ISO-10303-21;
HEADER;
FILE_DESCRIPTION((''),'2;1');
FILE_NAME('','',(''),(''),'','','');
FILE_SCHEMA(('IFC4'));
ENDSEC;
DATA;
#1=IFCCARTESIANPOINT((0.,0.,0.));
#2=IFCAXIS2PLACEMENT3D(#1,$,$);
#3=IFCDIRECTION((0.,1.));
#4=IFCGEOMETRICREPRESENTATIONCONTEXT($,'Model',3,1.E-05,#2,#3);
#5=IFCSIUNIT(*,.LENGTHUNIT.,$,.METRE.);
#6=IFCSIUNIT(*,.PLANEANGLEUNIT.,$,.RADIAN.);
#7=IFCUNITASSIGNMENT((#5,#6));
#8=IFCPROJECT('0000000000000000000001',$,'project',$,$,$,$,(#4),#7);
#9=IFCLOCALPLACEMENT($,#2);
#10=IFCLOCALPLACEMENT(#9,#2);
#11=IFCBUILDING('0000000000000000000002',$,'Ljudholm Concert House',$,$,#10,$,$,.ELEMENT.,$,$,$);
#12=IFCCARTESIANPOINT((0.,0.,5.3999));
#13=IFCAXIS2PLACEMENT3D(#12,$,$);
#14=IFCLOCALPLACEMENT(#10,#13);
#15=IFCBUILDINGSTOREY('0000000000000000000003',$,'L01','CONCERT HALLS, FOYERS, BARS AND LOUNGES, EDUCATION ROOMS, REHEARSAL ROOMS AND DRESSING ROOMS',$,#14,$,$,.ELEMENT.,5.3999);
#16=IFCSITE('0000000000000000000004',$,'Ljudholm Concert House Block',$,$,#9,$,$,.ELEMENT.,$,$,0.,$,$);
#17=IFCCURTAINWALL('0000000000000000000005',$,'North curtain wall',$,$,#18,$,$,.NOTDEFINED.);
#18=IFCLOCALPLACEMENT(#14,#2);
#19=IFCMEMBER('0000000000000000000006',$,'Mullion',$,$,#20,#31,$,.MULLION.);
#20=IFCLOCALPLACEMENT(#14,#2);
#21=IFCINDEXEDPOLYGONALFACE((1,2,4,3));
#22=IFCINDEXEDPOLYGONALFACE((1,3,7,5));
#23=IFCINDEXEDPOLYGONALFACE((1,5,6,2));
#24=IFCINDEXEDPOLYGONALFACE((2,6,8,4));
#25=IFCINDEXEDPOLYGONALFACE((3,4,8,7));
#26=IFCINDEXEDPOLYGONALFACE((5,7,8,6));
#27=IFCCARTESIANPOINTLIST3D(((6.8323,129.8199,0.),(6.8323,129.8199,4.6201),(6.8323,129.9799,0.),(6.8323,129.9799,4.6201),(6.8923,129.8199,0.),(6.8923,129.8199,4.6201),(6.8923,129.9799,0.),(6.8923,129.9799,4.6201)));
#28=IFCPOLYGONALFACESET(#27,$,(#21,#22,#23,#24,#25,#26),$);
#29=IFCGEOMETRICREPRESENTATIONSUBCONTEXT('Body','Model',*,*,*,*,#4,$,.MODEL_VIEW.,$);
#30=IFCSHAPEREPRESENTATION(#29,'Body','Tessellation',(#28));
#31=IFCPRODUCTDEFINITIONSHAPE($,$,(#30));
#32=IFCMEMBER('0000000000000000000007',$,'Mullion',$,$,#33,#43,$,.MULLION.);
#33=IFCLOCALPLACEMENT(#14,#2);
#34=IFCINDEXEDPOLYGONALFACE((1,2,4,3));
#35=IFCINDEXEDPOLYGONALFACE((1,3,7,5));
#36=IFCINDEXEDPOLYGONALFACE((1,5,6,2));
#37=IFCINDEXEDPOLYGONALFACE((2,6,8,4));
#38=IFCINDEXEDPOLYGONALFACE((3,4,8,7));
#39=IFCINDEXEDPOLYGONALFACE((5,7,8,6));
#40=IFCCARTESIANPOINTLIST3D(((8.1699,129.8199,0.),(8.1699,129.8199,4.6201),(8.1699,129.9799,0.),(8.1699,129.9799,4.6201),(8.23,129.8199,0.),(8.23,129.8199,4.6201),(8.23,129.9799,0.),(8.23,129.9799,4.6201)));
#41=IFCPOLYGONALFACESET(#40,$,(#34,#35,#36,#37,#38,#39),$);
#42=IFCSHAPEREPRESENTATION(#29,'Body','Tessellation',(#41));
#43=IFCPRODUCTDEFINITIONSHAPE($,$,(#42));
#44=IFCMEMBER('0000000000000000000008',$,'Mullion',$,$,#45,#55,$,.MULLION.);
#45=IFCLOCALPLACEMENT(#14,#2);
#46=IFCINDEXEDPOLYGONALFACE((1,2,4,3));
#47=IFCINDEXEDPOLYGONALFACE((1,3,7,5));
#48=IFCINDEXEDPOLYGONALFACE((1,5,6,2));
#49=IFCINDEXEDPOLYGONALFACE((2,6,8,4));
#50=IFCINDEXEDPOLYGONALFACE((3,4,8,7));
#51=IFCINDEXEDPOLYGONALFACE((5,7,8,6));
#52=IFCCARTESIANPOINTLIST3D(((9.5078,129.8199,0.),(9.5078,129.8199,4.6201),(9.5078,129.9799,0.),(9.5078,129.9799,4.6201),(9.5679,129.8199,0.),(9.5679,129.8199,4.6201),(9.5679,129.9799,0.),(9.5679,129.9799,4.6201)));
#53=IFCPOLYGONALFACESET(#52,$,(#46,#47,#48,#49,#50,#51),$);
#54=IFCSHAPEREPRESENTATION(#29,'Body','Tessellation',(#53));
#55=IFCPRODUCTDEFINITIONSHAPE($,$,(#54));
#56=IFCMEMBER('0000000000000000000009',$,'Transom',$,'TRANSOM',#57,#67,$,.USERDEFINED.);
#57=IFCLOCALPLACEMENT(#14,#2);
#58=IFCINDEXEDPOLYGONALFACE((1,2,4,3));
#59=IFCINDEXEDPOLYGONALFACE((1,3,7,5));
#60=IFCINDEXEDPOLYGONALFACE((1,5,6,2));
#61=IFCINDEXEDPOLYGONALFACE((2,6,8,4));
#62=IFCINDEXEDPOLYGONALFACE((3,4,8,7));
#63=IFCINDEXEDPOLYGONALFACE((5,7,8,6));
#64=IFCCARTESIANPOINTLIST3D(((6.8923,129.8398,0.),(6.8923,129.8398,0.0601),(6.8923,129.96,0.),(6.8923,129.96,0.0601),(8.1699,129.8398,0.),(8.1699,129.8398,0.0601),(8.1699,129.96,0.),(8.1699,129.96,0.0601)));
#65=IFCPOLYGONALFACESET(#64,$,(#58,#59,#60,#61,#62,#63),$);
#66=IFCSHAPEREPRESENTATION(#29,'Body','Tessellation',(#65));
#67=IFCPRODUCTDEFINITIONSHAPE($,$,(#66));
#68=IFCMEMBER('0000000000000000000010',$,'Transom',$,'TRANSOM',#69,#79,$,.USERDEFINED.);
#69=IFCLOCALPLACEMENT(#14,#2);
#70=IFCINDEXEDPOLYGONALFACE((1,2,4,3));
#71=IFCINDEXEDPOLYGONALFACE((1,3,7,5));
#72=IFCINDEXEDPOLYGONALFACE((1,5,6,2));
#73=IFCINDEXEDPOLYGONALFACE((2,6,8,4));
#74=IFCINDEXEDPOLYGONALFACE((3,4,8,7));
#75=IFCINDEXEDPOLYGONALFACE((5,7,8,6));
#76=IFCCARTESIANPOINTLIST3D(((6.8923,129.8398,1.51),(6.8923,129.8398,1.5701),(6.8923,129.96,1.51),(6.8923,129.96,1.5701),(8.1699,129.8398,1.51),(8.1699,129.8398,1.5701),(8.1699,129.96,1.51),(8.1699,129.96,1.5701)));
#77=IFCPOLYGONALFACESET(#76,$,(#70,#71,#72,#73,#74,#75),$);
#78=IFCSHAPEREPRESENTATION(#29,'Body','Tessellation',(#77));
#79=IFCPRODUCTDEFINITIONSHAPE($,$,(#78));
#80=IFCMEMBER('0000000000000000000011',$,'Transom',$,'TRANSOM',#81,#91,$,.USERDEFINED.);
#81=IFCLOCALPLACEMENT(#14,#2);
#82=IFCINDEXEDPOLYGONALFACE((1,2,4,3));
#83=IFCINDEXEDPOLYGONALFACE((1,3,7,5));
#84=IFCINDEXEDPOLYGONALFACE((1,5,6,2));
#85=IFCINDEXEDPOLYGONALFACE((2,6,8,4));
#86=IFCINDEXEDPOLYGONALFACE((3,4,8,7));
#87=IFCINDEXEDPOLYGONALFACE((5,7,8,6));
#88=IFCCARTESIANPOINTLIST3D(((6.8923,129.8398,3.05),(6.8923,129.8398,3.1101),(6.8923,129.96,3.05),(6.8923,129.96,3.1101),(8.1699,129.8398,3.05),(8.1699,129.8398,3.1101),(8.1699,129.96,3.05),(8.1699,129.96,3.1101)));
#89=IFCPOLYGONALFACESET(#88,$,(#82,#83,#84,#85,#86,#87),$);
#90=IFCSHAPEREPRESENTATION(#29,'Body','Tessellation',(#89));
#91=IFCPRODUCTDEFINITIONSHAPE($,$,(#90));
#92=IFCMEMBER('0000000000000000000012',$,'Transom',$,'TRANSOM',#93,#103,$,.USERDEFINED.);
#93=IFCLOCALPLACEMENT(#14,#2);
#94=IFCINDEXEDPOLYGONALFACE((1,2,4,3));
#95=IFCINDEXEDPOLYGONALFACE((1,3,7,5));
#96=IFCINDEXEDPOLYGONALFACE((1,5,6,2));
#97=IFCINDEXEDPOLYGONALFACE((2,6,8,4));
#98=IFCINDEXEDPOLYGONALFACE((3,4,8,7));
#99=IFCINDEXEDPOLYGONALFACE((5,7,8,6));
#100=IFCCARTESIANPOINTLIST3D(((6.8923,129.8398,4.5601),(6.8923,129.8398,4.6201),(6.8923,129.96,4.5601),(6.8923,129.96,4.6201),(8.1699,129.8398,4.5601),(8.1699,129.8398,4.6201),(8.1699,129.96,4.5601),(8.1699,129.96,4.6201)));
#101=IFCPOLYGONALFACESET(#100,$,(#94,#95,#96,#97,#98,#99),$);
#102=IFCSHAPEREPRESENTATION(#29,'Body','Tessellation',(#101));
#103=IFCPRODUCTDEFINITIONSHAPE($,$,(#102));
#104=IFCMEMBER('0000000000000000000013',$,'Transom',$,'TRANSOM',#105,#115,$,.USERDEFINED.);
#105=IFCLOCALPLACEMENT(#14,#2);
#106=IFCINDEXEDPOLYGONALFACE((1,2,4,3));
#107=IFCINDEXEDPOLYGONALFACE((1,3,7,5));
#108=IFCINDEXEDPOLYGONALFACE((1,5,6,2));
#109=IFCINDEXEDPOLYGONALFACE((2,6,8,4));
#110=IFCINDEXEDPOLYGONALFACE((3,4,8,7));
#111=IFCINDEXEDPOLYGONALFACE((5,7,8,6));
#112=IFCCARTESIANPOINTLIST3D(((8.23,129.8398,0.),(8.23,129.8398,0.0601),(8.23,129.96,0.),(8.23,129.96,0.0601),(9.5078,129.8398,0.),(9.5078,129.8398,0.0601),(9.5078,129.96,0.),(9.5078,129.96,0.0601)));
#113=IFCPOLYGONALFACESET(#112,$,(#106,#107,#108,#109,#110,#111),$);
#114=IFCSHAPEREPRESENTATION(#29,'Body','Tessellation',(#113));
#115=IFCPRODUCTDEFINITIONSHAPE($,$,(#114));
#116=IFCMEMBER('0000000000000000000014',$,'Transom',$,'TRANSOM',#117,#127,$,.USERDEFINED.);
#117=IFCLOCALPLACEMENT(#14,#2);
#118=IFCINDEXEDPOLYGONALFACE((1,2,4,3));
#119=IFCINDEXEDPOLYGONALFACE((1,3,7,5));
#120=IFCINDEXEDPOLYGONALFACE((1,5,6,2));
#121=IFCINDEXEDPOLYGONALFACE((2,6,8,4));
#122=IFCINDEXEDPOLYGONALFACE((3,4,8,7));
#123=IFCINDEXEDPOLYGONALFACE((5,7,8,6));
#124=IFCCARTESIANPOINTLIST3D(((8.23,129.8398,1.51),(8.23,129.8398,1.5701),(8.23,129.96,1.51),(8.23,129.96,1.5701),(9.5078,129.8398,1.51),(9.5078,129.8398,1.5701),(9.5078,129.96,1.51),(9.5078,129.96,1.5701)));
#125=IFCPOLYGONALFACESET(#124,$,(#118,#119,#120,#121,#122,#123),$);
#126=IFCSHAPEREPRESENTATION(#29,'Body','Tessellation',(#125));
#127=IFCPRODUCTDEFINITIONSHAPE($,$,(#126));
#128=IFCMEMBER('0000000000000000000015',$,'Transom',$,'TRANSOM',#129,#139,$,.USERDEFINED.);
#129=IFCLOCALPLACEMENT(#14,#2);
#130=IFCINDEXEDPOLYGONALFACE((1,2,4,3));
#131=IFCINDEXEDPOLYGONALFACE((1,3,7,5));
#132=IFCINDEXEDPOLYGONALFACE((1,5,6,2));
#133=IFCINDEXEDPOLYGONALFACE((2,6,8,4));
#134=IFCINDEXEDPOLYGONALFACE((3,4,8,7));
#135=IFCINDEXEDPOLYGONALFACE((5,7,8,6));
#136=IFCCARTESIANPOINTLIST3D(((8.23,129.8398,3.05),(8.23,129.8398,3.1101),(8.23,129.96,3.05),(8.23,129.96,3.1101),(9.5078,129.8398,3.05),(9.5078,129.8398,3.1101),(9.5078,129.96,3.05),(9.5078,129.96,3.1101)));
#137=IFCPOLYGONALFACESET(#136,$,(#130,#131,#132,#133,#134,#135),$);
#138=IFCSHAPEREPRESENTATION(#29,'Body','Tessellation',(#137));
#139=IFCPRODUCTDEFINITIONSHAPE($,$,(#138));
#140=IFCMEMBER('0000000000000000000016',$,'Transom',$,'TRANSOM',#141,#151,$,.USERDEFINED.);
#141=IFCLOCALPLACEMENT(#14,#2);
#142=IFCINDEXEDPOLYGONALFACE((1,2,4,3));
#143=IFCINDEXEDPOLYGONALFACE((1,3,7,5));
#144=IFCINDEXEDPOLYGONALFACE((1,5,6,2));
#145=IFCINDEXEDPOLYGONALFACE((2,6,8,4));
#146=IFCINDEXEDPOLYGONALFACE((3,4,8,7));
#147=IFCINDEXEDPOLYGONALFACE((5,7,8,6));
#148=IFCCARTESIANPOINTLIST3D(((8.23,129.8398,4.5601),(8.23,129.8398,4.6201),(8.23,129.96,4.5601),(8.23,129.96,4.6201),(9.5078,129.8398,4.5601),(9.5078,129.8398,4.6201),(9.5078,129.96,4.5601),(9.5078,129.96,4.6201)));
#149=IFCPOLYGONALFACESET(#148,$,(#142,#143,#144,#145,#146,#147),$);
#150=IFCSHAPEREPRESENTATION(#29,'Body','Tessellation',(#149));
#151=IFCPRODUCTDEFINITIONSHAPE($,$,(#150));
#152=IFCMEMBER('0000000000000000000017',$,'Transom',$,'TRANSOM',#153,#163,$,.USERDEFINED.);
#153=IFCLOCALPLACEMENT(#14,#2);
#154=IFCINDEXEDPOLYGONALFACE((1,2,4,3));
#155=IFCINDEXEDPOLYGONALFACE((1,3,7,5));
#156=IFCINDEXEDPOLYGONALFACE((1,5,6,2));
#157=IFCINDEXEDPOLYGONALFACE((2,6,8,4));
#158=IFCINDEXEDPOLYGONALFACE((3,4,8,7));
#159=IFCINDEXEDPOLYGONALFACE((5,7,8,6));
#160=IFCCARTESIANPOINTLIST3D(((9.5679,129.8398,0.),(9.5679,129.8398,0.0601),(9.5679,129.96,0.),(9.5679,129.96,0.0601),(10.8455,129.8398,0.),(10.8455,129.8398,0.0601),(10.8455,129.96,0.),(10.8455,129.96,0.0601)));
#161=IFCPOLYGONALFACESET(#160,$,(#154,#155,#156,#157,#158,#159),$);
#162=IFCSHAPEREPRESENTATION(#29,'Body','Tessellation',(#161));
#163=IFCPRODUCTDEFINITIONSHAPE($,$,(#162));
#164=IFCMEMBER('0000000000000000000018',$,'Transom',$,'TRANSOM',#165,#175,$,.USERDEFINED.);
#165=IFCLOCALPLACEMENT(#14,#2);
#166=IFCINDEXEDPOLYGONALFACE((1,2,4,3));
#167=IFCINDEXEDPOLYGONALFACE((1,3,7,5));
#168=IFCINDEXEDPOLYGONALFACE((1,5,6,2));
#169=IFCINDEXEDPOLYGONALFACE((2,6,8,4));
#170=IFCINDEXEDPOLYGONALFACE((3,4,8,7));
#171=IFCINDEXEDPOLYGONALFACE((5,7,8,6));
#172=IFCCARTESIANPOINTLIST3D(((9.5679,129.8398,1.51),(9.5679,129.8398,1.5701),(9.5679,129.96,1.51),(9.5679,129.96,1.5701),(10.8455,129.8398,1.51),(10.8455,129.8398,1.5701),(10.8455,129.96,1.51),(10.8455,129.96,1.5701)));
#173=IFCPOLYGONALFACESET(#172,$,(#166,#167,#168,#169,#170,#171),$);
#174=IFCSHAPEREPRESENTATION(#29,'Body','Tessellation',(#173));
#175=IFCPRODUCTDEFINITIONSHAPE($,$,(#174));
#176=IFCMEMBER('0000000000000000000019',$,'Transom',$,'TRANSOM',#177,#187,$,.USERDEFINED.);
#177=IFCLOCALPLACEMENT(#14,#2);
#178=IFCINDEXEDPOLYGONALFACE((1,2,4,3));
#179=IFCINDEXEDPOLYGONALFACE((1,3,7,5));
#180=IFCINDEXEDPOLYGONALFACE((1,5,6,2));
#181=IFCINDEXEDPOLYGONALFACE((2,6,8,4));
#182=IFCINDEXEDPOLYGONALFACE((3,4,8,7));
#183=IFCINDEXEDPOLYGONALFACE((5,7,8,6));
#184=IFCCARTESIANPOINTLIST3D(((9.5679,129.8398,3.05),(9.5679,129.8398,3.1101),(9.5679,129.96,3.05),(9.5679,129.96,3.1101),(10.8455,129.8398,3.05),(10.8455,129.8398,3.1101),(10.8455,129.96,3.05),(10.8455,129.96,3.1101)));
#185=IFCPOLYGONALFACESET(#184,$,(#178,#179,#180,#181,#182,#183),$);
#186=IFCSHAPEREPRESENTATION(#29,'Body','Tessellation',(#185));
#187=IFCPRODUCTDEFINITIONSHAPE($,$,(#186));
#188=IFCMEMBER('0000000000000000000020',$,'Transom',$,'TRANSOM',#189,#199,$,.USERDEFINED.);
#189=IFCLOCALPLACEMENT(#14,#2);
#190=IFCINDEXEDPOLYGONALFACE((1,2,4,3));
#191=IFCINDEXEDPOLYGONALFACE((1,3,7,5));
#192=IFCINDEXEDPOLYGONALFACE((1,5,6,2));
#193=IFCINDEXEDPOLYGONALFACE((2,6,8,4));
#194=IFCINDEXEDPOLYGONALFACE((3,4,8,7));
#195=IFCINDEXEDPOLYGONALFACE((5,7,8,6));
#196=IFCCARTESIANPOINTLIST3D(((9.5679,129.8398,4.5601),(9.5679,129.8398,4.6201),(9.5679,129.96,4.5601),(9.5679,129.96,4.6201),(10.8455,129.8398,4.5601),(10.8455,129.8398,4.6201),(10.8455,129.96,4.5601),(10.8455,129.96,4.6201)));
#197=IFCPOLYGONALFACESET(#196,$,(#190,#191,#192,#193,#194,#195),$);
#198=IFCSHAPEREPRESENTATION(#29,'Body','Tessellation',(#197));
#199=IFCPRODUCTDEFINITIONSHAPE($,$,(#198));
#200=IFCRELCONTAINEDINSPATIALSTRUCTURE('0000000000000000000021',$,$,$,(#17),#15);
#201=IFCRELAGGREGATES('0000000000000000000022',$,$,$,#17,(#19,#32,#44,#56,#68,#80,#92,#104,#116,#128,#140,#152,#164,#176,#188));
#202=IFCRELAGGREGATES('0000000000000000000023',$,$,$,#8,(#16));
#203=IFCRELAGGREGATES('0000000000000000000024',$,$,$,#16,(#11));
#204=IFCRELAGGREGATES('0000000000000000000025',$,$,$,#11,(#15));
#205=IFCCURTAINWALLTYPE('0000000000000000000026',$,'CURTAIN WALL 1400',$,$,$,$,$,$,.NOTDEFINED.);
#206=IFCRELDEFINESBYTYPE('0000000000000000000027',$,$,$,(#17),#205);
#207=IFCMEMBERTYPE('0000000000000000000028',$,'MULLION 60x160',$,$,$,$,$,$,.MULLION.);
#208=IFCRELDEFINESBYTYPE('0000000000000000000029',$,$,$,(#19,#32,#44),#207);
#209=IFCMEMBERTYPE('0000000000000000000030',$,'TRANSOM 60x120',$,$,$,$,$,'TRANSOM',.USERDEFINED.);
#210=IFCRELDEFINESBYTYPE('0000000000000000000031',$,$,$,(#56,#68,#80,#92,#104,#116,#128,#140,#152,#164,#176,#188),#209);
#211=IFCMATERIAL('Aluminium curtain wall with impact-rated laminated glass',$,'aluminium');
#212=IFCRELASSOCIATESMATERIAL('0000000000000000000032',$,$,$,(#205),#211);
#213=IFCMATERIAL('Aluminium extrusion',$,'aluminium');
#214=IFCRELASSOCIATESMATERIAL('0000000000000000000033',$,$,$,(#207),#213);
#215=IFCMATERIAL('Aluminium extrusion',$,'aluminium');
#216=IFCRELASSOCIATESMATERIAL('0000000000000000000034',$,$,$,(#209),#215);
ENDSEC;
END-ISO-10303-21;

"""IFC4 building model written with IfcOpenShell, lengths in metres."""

from ifc_helpers import new_model, si_unit, direction, frame, origin, origin_2d, place, context, subcontext, project, spatial, rectangle, extrude, material, material_profile, profile_set, type_object, element, aggregate, save


model = new_model("IFC4")

# Units and contexts
model_context = context("Model", 3, precision=1e-05, world=origin(), true_north=direction((0.0, 1.0)))
body_context = subcontext(model_context, "Body", "Model", "MODEL_VIEW")
ifc_project = project(units=[si_unit("LENGTHUNIT", "METRE"), si_unit("PLANEANGLEUNIT", "RADIAN")], contexts=[model_context])

# Site, building, storey
site_placement = place(None, origin())
site = spatial("IfcSite", under=ifc_project, at=site_placement, Name="Ljudholm Concert House Block", CompositionType="ELEMENT", RefElevation=0.0)
building_placement = place(site_placement, origin())
building = spatial("IfcBuilding", under=site, at=building_placement, Name="Ljudholm Concert House", CompositionType="ELEMENT")
storey_placement = place(building_placement, frame((0.0, 0.0, 5.3999)))
storey = spatial("IfcBuildingStorey", under=building, at=storey_placement, Name="L01", Description="CONCERT HALLS, FOYERS, BARS AND LOUNGES, EDUCATION ROOMS, REHEARSAL ROOMS AND DRESSING ROOMS", CompositionType="ELEMENT", Elevation=5.3999)

# Curtain wall, members
ifc_material_1 = material(Name="Aluminium curtain wall with impact-rated laminated glass", Category="aluminium")
curtain_wall_type = type_object("IfcCurtainWallType", Name="CURTAIN WALL 1400", PredefinedType="NOTDEFINED", material=ifc_material_1)
curtain_wall_placement = place(storey_placement, origin())
curtain_wall = element("IfcCurtainWall", 1, at=curtain_wall_placement, inside=storey, type_object=curtain_wall_type, Name="North curtain wall", PredefinedType="NOTDEFINED")
ifc_material_2 = material(Name="Aluminium extrusion", Category="aluminium")
ifc_material_profile_1 = material_profile(ifc_material_2, rectangle(XDim=0.1599, YDim=0.0601, at=origin_2d()), Name="MULLION 60x160")
ifc_profile_set_1 = profile_set([ifc_material_profile_1], Name="Aluminium extrusion")
member_type_1 = type_object("IfcMemberType", Name="MULLION 60x160", PredefinedType="MULLION", material=ifc_profile_set_1)
member_1_placement = place(storey_placement, frame((6.8623, 129.8999, 0.0), z_axis=(0.0, 0.0, 1.0), x_axis=(0.0, 1.0, 0.0)))
member_1 = element("IfcMember", 2, at=member_1_placement, type_object=member_type_1, Name="Mullion", PredefinedType="MULLION", context=body_context, shape_type="SweptSolid", body=[
    extrude(rectangle(XDim=0.1599, YDim=0.0601, at=origin_2d()), origin(), (0.0, 0.0, 1.0), 4.6201),
])
member_2_placement = place(storey_placement, frame((8.2, 129.8999, 0.0), z_axis=(0.0, 0.0, 1.0), x_axis=(0.0, 1.0, 0.0)))
member_2 = element("IfcMember", 3, at=member_2_placement, type_object=member_type_1, Name="Mullion", PredefinedType="MULLION", context=body_context, shape_type="SweptSolid", body=[
    extrude(rectangle(XDim=0.1599, YDim=0.0601, at=origin_2d()), origin(), (0.0, 0.0, 1.0), 4.6201),
])
member_3_placement = place(storey_placement, frame((9.5378, 129.8999, 0.0), z_axis=(0.0, 0.0, 1.0), x_axis=(0.0, 1.0, 0.0)))
member_3 = element("IfcMember", 4, at=member_3_placement, type_object=member_type_1, Name="Mullion", PredefinedType="MULLION", context=body_context, shape_type="SweptSolid", body=[
    extrude(rectangle(XDim=0.1599, YDim=0.0601, at=origin_2d()), origin(), (0.0, 0.0, 1.0), 4.6201),
])
ifc_material_3 = material(Name="Aluminium extrusion", Category="aluminium")
ifc_material_profile_2 = material_profile(ifc_material_3, rectangle(XDim=0.1201, YDim=0.0601, at=origin_2d()), Name="TRANSOM 60x120")
ifc_profile_set_2 = profile_set([ifc_material_profile_2], Name="Aluminium extrusion")
member_type_2 = type_object("IfcMemberType", Name="TRANSOM 60x120", ElementType="TRANSOM", PredefinedType="USERDEFINED", material=ifc_profile_set_2)
member_4_placement = place(storey_placement, frame((6.8923, 129.8999, 0.03), z_axis=(1.0, 0.0, 0.0), x_axis=(0.0, 1.0, 0.0)))
member_4 = element("IfcMember", 5, at=member_4_placement, type_object=member_type_2, Name="Transom", ObjectType="TRANSOM", PredefinedType="USERDEFINED", context=body_context, shape_type="SweptSolid", body=[
    extrude(rectangle(XDim=0.1201, YDim=0.0601, at=origin_2d()), origin(), (0.0, 0.0, 1.0), 1.2776),
])
member_5_placement = place(storey_placement, frame((6.8923, 129.8999, 1.54), z_axis=(1.0, 0.0, 0.0), x_axis=(0.0, 1.0, 0.0)))
member_5 = element("IfcMember", 6, at=member_5_placement, type_object=member_type_2, Name="Transom", ObjectType="TRANSOM", PredefinedType="USERDEFINED", context=body_context, shape_type="SweptSolid", body=[
    extrude(rectangle(XDim=0.1201, YDim=0.0601, at=origin_2d()), origin(), (0.0, 0.0, 1.0), 1.2776),
])
member_6_placement = place(storey_placement, frame((6.8923, 129.8999, 3.0801), z_axis=(1.0, 0.0, 0.0), x_axis=(0.0, 1.0, 0.0)))
member_6 = element("IfcMember", 7, at=member_6_placement, type_object=member_type_2, Name="Transom", ObjectType="TRANSOM", PredefinedType="USERDEFINED", context=body_context, shape_type="SweptSolid", body=[
    extrude(rectangle(XDim=0.1201, YDim=0.0601, at=origin_2d()), origin(), (0.0, 0.0, 1.0), 1.2776),
])
member_7_placement = place(storey_placement, frame((6.8923, 129.8999, 4.5901), z_axis=(1.0, 0.0, 0.0), x_axis=(0.0, 1.0, 0.0)))
member_7 = element("IfcMember", 8, at=member_7_placement, type_object=member_type_2, Name="Transom", ObjectType="TRANSOM", PredefinedType="USERDEFINED", context=body_context, shape_type="SweptSolid", body=[
    extrude(rectangle(XDim=0.1201, YDim=0.0601, at=origin_2d()), origin(), (0.0, 0.0, 1.0), 1.2776),
])
member_8_placement = place(storey_placement, frame((8.23, 129.8999, 0.03), z_axis=(1.0, 0.0, 0.0), x_axis=(0.0, 1.0, 0.0)))
member_8 = element("IfcMember", 9, at=member_8_placement, type_object=member_type_2, Name="Transom", ObjectType="TRANSOM", PredefinedType="USERDEFINED", context=body_context, shape_type="SweptSolid", body=[
    extrude(rectangle(XDim=0.1201, YDim=0.0601, at=origin_2d()), origin(), (0.0, 0.0, 1.0), 1.2778),
])
member_9_placement = place(storey_placement, frame((8.23, 129.8999, 1.54), z_axis=(1.0, 0.0, 0.0), x_axis=(0.0, 1.0, 0.0)))
member_9 = element("IfcMember", 10, at=member_9_placement, type_object=member_type_2, Name="Transom", ObjectType="TRANSOM", PredefinedType="USERDEFINED", context=body_context, shape_type="SweptSolid", body=[
    extrude(rectangle(XDim=0.1201, YDim=0.0601, at=origin_2d()), origin(), (0.0, 0.0, 1.0), 1.2778),
])
member_10_placement = place(storey_placement, frame((8.23, 129.8999, 3.0801), z_axis=(1.0, 0.0, 0.0), x_axis=(0.0, 1.0, 0.0)))
member_10 = element("IfcMember", 11, at=member_10_placement, type_object=member_type_2, Name="Transom", ObjectType="TRANSOM", PredefinedType="USERDEFINED", context=body_context, shape_type="SweptSolid", body=[
    extrude(rectangle(XDim=0.1201, YDim=0.0601, at=origin_2d()), origin(), (0.0, 0.0, 1.0), 1.2778),
])
member_11_placement = place(storey_placement, frame((8.23, 129.8999, 4.5901), z_axis=(1.0, 0.0, 0.0), x_axis=(0.0, 1.0, 0.0)))
member_11 = element("IfcMember", 12, at=member_11_placement, type_object=member_type_2, Name="Transom", ObjectType="TRANSOM", PredefinedType="USERDEFINED", context=body_context, shape_type="SweptSolid", body=[
    extrude(rectangle(XDim=0.1201, YDim=0.0601, at=origin_2d()), origin(), (0.0, 0.0, 1.0), 1.2778),
])
member_12_placement = place(storey_placement, frame((9.5679, 129.8999, 0.03), z_axis=(1.0, 0.0, 0.0), x_axis=(0.0, 1.0, 0.0)))
member_12 = element("IfcMember", 13, at=member_12_placement, type_object=member_type_2, Name="Transom", ObjectType="TRANSOM", PredefinedType="USERDEFINED", context=body_context, shape_type="SweptSolid", body=[
    extrude(rectangle(XDim=0.1201, YDim=0.0601, at=origin_2d()), origin(), (0.0, 0.0, 1.0), 1.2776),
])
member_13_placement = place(storey_placement, frame((9.5679, 129.8999, 1.54), z_axis=(1.0, 0.0, 0.0), x_axis=(0.0, 1.0, 0.0)))
member_13 = element("IfcMember", 14, at=member_13_placement, type_object=member_type_2, Name="Transom", ObjectType="TRANSOM", PredefinedType="USERDEFINED", context=body_context, shape_type="SweptSolid", body=[
    extrude(rectangle(XDim=0.1201, YDim=0.0601, at=origin_2d()), origin(), (0.0, 0.0, 1.0), 1.2776),
])
member_14_placement = place(storey_placement, frame((9.5679, 129.8999, 3.0801), z_axis=(1.0, 0.0, 0.0), x_axis=(0.0, 1.0, 0.0)))
member_14 = element("IfcMember", 15, at=member_14_placement, type_object=member_type_2, Name="Transom", ObjectType="TRANSOM", PredefinedType="USERDEFINED", context=body_context, shape_type="SweptSolid", body=[
    extrude(rectangle(XDim=0.1201, YDim=0.0601, at=origin_2d()), origin(), (0.0, 0.0, 1.0), 1.2776),
])
member_15_placement = place(storey_placement, frame((9.5679, 129.8999, 4.5901), z_axis=(1.0, 0.0, 0.0), x_axis=(0.0, 1.0, 0.0)))
member_15 = element("IfcMember", 16, at=member_15_placement, type_object=member_type_2, Name="Transom", ObjectType="TRANSOM", PredefinedType="USERDEFINED", context=body_context, shape_type="SweptSolid", body=[
    extrude(rectangle(XDim=0.1201, YDim=0.0601, at=origin_2d()), origin(), (0.0, 0.0, 1.0), 1.2776),
])
aggregate(curtain_wall, [member_1, member_2, member_3, member_4, member_5, member_6, member_7, member_8, member_9, member_10, member_11, member_12, member_13, member_14, member_15])

save(model, "model.ifc")
